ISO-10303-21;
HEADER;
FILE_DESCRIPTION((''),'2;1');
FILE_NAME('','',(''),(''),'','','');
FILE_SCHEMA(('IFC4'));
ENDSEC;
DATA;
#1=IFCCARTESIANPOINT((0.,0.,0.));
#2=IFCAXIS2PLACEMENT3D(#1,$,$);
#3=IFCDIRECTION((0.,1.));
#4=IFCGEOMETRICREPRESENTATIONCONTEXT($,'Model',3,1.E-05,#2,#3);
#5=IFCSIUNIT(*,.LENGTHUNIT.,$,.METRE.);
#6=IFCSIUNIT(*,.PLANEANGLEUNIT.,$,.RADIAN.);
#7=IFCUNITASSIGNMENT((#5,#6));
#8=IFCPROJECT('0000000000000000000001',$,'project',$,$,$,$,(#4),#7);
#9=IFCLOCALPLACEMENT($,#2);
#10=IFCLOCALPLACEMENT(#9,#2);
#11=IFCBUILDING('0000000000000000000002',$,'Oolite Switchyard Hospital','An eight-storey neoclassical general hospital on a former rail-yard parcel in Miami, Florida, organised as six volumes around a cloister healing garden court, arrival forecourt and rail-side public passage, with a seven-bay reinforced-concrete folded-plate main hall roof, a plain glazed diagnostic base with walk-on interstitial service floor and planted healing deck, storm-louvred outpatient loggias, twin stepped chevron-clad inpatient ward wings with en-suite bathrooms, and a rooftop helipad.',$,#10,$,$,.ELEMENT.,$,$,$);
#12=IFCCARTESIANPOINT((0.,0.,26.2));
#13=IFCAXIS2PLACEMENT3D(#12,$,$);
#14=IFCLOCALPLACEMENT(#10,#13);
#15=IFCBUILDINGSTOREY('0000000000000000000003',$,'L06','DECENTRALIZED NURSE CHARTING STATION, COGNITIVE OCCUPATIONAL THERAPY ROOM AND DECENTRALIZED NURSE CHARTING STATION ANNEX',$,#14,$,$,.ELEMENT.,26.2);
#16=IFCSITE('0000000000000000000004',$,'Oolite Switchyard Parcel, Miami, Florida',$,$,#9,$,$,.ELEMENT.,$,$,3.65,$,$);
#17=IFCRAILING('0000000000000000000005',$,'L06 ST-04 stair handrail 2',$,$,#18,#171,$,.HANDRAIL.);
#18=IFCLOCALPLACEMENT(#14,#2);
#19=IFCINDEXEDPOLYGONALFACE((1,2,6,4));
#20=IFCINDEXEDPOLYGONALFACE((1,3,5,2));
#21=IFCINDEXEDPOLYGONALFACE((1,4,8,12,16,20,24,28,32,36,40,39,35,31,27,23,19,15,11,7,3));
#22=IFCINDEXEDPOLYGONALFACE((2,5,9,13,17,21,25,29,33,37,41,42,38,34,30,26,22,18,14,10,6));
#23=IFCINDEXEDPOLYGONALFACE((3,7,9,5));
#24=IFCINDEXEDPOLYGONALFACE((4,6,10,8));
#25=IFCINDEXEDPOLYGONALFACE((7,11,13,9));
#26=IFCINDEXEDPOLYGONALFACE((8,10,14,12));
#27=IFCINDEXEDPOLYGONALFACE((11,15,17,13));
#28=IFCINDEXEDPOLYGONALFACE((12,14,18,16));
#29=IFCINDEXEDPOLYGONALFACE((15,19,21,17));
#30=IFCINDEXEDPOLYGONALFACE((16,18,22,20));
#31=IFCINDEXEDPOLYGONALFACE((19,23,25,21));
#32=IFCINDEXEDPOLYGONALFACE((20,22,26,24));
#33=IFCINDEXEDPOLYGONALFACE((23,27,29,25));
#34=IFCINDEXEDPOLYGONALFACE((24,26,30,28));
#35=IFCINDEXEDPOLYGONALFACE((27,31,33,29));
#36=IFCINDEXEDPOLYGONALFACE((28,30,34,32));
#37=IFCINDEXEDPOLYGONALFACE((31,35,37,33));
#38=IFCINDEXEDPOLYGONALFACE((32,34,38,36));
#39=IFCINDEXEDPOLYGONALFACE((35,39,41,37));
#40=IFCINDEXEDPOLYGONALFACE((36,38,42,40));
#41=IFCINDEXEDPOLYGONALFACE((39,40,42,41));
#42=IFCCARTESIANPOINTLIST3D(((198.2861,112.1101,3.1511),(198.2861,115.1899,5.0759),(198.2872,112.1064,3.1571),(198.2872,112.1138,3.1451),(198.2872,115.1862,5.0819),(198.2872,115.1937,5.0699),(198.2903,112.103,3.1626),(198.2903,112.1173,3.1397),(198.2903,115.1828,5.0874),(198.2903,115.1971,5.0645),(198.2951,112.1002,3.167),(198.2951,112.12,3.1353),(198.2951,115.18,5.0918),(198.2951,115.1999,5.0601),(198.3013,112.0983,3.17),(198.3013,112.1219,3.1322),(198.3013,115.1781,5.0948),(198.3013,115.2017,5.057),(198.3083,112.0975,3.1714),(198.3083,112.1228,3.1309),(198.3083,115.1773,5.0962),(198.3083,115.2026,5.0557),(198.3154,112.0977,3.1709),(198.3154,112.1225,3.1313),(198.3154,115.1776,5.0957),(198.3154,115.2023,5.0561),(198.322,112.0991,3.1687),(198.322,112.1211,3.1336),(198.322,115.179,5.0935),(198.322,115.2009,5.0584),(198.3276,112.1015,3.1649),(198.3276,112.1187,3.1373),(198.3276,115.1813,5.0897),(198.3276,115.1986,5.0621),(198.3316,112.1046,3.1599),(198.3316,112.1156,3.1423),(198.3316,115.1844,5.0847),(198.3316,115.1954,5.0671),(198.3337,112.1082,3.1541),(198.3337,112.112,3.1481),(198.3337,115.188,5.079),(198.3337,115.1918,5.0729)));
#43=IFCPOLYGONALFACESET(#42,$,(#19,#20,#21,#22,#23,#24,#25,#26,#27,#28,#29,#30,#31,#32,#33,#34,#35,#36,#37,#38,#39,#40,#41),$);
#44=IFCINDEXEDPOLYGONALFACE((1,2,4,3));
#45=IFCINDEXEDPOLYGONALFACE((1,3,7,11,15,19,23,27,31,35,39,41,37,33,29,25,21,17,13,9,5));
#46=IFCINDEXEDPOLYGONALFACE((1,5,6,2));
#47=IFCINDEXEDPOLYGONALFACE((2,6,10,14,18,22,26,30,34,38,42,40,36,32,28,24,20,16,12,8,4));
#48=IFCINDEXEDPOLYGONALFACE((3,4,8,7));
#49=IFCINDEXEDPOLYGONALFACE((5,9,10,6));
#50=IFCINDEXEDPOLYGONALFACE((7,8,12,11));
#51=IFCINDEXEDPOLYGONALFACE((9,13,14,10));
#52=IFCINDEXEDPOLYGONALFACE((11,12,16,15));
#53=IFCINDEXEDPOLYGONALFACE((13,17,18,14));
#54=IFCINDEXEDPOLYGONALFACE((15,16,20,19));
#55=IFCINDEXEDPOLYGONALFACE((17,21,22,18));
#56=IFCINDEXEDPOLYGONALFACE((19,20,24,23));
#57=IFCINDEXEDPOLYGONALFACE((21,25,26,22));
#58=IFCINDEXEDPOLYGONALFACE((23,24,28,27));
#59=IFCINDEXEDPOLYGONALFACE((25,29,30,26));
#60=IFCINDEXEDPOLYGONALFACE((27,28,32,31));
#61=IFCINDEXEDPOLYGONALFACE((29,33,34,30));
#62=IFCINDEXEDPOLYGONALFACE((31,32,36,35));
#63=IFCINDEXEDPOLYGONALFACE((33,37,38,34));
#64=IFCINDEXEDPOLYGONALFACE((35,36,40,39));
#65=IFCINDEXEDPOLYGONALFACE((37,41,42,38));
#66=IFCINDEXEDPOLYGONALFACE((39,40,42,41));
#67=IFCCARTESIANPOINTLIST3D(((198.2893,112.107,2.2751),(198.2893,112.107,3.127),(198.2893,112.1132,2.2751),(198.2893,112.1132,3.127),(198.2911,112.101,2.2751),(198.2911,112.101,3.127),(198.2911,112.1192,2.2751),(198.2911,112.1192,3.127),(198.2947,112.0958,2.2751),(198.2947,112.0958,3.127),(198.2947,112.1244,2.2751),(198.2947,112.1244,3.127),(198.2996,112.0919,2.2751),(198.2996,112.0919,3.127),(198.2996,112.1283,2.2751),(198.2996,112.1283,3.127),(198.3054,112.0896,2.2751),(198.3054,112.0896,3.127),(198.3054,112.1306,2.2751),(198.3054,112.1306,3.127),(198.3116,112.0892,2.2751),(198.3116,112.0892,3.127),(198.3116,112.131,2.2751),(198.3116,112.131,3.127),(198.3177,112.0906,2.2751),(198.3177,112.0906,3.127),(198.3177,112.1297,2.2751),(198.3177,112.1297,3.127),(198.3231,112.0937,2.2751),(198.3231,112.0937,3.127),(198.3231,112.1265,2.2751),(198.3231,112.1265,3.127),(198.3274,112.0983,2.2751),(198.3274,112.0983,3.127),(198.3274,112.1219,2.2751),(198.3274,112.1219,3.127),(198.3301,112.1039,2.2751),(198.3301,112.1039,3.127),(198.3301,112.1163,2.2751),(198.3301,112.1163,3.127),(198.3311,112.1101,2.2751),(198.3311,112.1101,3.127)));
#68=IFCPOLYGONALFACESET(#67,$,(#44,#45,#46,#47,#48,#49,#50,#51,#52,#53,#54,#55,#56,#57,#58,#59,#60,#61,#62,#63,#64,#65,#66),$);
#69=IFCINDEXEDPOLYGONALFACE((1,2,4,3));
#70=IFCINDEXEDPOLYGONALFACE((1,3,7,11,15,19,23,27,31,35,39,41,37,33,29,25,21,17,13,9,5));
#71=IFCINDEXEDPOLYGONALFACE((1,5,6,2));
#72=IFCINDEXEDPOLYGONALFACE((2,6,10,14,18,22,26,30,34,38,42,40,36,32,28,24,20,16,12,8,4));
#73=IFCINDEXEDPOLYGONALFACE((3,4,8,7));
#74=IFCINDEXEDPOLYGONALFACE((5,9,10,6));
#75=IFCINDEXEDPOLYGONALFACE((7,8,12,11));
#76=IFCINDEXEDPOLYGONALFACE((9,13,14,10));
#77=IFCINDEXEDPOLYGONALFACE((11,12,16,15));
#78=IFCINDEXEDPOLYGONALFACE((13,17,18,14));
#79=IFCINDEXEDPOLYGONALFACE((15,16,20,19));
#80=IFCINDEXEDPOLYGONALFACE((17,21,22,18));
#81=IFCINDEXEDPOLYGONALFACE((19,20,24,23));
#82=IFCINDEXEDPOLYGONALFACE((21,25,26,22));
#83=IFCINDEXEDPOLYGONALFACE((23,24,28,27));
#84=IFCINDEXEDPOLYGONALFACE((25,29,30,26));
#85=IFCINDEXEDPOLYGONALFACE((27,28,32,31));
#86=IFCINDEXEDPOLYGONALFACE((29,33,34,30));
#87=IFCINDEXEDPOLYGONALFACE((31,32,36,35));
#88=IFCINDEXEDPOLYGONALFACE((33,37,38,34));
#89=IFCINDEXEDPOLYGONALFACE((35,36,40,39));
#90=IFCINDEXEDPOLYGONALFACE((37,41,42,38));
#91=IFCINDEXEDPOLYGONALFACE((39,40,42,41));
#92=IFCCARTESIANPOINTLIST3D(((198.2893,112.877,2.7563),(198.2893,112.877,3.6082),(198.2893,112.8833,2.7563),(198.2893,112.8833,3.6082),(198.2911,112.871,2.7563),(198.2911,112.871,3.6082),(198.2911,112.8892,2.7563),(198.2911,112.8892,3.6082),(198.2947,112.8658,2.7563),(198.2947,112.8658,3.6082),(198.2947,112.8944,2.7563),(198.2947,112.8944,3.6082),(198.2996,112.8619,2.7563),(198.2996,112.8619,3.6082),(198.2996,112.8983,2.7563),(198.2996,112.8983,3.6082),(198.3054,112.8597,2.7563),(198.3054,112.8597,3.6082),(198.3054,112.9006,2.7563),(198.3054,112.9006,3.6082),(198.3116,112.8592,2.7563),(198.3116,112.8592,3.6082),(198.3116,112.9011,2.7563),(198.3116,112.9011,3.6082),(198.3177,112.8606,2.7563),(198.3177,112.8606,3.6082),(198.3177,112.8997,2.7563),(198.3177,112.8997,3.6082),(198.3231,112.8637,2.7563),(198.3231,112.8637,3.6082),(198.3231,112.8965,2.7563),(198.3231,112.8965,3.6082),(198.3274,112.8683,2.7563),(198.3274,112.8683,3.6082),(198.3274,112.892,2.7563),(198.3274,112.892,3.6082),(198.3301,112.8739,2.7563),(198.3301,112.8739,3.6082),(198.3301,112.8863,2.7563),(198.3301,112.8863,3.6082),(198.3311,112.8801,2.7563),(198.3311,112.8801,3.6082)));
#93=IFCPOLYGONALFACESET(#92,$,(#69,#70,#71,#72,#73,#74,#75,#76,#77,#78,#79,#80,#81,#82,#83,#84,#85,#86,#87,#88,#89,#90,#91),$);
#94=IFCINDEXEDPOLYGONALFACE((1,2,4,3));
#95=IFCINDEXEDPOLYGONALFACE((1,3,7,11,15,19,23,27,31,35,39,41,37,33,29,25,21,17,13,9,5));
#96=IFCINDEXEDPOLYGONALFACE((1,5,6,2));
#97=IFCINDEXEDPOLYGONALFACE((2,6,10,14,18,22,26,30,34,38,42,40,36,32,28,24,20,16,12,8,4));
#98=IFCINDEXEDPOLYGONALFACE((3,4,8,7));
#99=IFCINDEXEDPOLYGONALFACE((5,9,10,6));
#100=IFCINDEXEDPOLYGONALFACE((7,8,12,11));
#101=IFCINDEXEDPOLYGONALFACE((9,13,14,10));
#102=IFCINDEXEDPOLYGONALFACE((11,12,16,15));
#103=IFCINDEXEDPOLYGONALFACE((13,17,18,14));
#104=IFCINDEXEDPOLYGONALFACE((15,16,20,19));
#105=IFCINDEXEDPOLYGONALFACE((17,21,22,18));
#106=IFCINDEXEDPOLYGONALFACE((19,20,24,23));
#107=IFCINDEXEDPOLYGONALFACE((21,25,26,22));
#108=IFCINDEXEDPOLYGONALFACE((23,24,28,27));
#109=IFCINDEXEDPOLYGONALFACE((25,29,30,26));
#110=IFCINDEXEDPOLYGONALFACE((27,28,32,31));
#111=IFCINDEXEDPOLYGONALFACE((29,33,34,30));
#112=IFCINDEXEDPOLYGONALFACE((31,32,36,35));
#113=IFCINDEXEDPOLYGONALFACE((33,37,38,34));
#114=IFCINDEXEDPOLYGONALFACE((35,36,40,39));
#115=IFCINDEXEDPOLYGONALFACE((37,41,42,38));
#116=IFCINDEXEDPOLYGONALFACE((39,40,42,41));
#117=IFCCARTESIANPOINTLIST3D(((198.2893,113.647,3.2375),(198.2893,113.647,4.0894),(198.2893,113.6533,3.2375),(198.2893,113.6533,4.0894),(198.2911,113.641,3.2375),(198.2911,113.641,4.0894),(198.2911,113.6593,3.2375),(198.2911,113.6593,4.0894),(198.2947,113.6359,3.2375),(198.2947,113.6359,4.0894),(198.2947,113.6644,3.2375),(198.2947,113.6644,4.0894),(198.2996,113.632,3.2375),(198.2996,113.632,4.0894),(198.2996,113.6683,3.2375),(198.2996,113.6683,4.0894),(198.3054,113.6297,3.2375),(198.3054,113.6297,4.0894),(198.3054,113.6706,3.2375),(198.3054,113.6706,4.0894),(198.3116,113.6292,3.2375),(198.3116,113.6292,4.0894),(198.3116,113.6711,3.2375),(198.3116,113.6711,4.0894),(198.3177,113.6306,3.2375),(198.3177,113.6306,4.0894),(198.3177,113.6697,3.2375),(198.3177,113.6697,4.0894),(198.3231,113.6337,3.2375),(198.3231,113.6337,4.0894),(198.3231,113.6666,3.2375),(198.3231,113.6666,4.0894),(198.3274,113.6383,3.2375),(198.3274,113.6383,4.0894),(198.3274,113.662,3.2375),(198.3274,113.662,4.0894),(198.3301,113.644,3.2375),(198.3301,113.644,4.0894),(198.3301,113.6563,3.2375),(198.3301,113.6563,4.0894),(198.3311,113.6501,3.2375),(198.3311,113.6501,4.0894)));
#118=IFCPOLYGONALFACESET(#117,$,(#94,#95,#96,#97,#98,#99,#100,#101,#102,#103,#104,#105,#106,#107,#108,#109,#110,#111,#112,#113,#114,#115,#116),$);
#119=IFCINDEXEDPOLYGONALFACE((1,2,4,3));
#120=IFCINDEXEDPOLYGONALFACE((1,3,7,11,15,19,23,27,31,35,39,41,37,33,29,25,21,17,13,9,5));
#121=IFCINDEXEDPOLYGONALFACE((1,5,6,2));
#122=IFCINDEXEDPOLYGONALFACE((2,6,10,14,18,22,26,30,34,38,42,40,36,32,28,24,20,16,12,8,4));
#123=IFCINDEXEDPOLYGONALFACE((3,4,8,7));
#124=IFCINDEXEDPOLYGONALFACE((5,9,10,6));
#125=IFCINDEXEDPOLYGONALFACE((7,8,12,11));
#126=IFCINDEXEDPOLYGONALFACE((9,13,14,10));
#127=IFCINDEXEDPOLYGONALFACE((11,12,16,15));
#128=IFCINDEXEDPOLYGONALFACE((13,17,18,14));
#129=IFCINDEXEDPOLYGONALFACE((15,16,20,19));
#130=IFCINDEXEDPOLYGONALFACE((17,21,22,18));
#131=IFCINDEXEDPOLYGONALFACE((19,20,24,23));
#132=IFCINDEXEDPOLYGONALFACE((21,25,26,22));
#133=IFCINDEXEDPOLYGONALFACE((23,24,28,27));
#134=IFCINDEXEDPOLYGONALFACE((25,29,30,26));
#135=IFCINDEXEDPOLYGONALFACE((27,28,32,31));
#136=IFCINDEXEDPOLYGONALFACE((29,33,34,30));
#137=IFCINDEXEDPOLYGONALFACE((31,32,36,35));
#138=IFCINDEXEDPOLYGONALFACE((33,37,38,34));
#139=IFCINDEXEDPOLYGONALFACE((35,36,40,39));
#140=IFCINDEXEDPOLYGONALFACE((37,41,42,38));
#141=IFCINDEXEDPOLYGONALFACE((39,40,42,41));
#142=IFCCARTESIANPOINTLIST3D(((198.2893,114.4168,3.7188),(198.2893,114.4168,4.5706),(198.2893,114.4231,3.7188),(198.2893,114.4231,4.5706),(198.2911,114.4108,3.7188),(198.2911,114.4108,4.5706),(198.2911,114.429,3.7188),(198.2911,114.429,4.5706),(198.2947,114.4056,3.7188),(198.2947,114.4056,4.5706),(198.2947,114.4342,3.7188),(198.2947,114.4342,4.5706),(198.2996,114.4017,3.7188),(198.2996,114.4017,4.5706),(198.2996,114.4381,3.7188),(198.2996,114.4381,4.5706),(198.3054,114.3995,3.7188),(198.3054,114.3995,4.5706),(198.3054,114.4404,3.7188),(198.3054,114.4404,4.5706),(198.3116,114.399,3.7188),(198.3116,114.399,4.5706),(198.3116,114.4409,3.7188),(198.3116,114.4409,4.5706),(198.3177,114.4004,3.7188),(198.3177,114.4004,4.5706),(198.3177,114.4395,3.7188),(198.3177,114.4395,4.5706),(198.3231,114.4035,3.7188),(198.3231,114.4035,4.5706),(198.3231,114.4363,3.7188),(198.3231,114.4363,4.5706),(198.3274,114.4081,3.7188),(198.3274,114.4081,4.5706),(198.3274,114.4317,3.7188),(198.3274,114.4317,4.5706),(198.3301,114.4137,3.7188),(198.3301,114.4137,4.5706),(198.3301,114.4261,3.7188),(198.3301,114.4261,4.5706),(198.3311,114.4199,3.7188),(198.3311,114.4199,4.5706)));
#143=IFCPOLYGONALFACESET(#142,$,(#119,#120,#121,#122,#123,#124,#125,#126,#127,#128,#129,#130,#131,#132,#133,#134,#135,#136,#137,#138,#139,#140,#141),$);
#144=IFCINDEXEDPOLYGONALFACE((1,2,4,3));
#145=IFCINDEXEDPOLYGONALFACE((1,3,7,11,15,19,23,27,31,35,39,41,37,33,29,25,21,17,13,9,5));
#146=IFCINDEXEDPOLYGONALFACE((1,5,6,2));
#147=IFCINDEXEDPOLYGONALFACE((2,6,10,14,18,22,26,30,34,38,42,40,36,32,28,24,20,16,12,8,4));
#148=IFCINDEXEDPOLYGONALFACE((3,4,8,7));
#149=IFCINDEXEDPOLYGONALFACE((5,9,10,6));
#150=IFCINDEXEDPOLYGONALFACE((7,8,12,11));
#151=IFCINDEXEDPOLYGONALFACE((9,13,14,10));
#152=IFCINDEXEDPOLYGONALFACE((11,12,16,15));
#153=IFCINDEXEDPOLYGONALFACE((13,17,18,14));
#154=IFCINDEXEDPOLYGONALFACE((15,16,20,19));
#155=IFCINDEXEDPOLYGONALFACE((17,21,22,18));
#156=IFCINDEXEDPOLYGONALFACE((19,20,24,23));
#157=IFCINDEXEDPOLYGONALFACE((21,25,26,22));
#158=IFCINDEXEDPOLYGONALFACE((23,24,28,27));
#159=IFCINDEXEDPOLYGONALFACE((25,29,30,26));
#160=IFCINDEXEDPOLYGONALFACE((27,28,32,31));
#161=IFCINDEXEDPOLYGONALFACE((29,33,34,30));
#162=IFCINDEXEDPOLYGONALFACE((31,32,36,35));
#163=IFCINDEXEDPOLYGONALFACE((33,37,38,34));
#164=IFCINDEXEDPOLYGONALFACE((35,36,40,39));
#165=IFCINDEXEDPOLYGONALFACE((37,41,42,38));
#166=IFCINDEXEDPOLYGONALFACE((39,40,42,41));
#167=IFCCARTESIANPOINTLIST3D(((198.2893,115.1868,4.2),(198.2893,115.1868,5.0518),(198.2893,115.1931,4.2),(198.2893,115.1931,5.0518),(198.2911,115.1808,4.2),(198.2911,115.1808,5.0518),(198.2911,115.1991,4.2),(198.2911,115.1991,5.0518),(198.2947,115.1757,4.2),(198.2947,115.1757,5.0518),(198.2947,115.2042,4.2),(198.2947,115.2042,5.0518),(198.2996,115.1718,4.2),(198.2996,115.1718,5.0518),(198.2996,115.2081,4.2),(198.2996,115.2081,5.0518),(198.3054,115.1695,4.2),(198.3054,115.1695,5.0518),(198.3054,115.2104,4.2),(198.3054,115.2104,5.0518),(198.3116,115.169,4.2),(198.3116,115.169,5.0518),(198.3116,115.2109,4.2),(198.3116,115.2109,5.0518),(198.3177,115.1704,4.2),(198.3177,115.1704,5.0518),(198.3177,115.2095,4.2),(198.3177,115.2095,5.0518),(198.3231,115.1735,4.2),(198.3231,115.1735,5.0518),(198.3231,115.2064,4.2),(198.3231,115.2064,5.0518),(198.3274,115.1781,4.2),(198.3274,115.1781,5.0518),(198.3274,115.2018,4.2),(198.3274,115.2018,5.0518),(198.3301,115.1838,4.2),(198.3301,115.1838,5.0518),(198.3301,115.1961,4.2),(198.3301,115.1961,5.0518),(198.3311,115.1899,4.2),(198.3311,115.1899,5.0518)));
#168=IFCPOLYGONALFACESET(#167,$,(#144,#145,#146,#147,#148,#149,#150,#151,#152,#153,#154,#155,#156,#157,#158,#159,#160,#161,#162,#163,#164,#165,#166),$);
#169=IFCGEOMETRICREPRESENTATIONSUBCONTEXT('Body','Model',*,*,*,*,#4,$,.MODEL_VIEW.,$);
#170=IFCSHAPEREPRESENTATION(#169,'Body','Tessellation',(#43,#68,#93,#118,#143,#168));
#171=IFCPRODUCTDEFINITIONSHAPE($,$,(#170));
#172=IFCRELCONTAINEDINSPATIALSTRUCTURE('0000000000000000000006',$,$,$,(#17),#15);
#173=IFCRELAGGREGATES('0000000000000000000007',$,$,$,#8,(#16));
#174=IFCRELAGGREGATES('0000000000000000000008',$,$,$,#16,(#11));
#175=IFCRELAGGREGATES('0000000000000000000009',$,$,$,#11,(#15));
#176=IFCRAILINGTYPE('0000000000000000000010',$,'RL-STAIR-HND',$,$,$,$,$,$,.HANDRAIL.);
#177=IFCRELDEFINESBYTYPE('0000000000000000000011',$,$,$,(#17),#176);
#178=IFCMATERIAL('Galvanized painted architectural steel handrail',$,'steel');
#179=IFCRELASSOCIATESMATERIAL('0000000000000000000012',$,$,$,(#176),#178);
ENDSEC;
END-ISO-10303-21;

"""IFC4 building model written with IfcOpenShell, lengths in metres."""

from ifc_helpers import new_model, si_unit, direction, frame, origin, origin_2d, place, context, subcontext, project, spatial, circle, extrude, material, type_object, element, save


model = new_model("IFC4")

# Units and contexts
model_context = context("Model", 3, precision=1e-05, world=origin(), true_north=direction((0.0, 1.0)))
body_context = subcontext(model_context, "Body", "Model", "MODEL_VIEW")
ifc_project = project(units=[si_unit("LENGTHUNIT", "METRE"), si_unit("PLANEANGLEUNIT", "RADIAN")], contexts=[model_context])

# Site, building, storey
site_placement = place(None, origin())
site = spatial("IfcSite", under=ifc_project, at=site_placement, Name="Oolite Switchyard Parcel, Miami, Florida", CompositionType="ELEMENT", RefElevation=3.65)
building_placement = place(site_placement, origin())
building = spatial("IfcBuilding", under=site, at=building_placement, Name="Oolite Switchyard Hospital", Description="An eight-storey neoclassical general hospital on a former rail-yard parcel in Miami, Florida, organised as six volumes around a cloister healing garden court, arrival forecourt and rail-side public passage, with a seven-bay reinforced-concrete folded-plate main hall roof, a plain glazed diagnostic base with walk-on interstitial service floor and planted healing deck, storm-louvred outpatient loggias, twin stepped chevron-clad inpatient ward wings with en-suite bathrooms, and a rooftop helipad.", CompositionType="ELEMENT")
storey_placement = place(building_placement, frame((0.0, 0.0, 26.2)))
storey = spatial("IfcBuildingStorey", under=building, at=storey_placement, Name="L06", Description="DECENTRALIZED NURSE CHARTING STATION, COGNITIVE OCCUPATIONAL THERAPY ROOM AND DECENTRALIZED NURSE CHARTING STATION ANNEX", CompositionType="ELEMENT", Elevation=26.2)

# Railing
ifc_material_1 = material(Name="Galvanized painted architectural steel handrail", Category="steel")
railing_type_1 = type_object("IfcRailingType", Name="RL-STAIR-HND", PredefinedType="HANDRAIL", material=ifc_material_1)
railing_1_placement = place(storey_placement, frame((198.3101, 112.1101, 2.2751)))
element("IfcRailing", 1, at=railing_1_placement, inside=storey, type_object=railing_type_1, Name="L06 ST-04 stair handrail 2", PredefinedType="HANDRAIL", context=body_context, shape_type="SweptSolid", body=[
    extrude(circle(Radius=0.0239, at=origin_2d()), frame((0.0, 0.0, 0.876), z_axis=(0.0, 0.84801, 0.529981), x_axis=(-1.0, 0.0, 0.0)), (0.0, 0.0, 1.0), 3.6318),
    extrude(circle(Radius=0.021, at=origin_2d()), origin(), (0.0, 0.0, 1.0), 0.8518),
    extrude(circle(Radius=0.021, at=origin_2d()), frame((0.0, 0.77, 0.4812)), (0.0, 0.0, 1.0), 0.8518),
    extrude(circle(Radius=0.021, at=origin_2d()), frame((0.0, 1.54, 0.9624)), (0.0, 0.0, 1.0), 0.8518),
    extrude(circle(Radius=0.021, at=origin_2d()), frame((0.0, 2.3098, 1.4436)), (0.0, 0.0, 1.0), 0.8518),
    extrude(circle(Radius=0.021, at=origin_2d()), frame((0.0, 3.0798, 1.9248)), (0.0, 0.0, 1.0), 0.8518),
])

save(model, "model.ifc")
